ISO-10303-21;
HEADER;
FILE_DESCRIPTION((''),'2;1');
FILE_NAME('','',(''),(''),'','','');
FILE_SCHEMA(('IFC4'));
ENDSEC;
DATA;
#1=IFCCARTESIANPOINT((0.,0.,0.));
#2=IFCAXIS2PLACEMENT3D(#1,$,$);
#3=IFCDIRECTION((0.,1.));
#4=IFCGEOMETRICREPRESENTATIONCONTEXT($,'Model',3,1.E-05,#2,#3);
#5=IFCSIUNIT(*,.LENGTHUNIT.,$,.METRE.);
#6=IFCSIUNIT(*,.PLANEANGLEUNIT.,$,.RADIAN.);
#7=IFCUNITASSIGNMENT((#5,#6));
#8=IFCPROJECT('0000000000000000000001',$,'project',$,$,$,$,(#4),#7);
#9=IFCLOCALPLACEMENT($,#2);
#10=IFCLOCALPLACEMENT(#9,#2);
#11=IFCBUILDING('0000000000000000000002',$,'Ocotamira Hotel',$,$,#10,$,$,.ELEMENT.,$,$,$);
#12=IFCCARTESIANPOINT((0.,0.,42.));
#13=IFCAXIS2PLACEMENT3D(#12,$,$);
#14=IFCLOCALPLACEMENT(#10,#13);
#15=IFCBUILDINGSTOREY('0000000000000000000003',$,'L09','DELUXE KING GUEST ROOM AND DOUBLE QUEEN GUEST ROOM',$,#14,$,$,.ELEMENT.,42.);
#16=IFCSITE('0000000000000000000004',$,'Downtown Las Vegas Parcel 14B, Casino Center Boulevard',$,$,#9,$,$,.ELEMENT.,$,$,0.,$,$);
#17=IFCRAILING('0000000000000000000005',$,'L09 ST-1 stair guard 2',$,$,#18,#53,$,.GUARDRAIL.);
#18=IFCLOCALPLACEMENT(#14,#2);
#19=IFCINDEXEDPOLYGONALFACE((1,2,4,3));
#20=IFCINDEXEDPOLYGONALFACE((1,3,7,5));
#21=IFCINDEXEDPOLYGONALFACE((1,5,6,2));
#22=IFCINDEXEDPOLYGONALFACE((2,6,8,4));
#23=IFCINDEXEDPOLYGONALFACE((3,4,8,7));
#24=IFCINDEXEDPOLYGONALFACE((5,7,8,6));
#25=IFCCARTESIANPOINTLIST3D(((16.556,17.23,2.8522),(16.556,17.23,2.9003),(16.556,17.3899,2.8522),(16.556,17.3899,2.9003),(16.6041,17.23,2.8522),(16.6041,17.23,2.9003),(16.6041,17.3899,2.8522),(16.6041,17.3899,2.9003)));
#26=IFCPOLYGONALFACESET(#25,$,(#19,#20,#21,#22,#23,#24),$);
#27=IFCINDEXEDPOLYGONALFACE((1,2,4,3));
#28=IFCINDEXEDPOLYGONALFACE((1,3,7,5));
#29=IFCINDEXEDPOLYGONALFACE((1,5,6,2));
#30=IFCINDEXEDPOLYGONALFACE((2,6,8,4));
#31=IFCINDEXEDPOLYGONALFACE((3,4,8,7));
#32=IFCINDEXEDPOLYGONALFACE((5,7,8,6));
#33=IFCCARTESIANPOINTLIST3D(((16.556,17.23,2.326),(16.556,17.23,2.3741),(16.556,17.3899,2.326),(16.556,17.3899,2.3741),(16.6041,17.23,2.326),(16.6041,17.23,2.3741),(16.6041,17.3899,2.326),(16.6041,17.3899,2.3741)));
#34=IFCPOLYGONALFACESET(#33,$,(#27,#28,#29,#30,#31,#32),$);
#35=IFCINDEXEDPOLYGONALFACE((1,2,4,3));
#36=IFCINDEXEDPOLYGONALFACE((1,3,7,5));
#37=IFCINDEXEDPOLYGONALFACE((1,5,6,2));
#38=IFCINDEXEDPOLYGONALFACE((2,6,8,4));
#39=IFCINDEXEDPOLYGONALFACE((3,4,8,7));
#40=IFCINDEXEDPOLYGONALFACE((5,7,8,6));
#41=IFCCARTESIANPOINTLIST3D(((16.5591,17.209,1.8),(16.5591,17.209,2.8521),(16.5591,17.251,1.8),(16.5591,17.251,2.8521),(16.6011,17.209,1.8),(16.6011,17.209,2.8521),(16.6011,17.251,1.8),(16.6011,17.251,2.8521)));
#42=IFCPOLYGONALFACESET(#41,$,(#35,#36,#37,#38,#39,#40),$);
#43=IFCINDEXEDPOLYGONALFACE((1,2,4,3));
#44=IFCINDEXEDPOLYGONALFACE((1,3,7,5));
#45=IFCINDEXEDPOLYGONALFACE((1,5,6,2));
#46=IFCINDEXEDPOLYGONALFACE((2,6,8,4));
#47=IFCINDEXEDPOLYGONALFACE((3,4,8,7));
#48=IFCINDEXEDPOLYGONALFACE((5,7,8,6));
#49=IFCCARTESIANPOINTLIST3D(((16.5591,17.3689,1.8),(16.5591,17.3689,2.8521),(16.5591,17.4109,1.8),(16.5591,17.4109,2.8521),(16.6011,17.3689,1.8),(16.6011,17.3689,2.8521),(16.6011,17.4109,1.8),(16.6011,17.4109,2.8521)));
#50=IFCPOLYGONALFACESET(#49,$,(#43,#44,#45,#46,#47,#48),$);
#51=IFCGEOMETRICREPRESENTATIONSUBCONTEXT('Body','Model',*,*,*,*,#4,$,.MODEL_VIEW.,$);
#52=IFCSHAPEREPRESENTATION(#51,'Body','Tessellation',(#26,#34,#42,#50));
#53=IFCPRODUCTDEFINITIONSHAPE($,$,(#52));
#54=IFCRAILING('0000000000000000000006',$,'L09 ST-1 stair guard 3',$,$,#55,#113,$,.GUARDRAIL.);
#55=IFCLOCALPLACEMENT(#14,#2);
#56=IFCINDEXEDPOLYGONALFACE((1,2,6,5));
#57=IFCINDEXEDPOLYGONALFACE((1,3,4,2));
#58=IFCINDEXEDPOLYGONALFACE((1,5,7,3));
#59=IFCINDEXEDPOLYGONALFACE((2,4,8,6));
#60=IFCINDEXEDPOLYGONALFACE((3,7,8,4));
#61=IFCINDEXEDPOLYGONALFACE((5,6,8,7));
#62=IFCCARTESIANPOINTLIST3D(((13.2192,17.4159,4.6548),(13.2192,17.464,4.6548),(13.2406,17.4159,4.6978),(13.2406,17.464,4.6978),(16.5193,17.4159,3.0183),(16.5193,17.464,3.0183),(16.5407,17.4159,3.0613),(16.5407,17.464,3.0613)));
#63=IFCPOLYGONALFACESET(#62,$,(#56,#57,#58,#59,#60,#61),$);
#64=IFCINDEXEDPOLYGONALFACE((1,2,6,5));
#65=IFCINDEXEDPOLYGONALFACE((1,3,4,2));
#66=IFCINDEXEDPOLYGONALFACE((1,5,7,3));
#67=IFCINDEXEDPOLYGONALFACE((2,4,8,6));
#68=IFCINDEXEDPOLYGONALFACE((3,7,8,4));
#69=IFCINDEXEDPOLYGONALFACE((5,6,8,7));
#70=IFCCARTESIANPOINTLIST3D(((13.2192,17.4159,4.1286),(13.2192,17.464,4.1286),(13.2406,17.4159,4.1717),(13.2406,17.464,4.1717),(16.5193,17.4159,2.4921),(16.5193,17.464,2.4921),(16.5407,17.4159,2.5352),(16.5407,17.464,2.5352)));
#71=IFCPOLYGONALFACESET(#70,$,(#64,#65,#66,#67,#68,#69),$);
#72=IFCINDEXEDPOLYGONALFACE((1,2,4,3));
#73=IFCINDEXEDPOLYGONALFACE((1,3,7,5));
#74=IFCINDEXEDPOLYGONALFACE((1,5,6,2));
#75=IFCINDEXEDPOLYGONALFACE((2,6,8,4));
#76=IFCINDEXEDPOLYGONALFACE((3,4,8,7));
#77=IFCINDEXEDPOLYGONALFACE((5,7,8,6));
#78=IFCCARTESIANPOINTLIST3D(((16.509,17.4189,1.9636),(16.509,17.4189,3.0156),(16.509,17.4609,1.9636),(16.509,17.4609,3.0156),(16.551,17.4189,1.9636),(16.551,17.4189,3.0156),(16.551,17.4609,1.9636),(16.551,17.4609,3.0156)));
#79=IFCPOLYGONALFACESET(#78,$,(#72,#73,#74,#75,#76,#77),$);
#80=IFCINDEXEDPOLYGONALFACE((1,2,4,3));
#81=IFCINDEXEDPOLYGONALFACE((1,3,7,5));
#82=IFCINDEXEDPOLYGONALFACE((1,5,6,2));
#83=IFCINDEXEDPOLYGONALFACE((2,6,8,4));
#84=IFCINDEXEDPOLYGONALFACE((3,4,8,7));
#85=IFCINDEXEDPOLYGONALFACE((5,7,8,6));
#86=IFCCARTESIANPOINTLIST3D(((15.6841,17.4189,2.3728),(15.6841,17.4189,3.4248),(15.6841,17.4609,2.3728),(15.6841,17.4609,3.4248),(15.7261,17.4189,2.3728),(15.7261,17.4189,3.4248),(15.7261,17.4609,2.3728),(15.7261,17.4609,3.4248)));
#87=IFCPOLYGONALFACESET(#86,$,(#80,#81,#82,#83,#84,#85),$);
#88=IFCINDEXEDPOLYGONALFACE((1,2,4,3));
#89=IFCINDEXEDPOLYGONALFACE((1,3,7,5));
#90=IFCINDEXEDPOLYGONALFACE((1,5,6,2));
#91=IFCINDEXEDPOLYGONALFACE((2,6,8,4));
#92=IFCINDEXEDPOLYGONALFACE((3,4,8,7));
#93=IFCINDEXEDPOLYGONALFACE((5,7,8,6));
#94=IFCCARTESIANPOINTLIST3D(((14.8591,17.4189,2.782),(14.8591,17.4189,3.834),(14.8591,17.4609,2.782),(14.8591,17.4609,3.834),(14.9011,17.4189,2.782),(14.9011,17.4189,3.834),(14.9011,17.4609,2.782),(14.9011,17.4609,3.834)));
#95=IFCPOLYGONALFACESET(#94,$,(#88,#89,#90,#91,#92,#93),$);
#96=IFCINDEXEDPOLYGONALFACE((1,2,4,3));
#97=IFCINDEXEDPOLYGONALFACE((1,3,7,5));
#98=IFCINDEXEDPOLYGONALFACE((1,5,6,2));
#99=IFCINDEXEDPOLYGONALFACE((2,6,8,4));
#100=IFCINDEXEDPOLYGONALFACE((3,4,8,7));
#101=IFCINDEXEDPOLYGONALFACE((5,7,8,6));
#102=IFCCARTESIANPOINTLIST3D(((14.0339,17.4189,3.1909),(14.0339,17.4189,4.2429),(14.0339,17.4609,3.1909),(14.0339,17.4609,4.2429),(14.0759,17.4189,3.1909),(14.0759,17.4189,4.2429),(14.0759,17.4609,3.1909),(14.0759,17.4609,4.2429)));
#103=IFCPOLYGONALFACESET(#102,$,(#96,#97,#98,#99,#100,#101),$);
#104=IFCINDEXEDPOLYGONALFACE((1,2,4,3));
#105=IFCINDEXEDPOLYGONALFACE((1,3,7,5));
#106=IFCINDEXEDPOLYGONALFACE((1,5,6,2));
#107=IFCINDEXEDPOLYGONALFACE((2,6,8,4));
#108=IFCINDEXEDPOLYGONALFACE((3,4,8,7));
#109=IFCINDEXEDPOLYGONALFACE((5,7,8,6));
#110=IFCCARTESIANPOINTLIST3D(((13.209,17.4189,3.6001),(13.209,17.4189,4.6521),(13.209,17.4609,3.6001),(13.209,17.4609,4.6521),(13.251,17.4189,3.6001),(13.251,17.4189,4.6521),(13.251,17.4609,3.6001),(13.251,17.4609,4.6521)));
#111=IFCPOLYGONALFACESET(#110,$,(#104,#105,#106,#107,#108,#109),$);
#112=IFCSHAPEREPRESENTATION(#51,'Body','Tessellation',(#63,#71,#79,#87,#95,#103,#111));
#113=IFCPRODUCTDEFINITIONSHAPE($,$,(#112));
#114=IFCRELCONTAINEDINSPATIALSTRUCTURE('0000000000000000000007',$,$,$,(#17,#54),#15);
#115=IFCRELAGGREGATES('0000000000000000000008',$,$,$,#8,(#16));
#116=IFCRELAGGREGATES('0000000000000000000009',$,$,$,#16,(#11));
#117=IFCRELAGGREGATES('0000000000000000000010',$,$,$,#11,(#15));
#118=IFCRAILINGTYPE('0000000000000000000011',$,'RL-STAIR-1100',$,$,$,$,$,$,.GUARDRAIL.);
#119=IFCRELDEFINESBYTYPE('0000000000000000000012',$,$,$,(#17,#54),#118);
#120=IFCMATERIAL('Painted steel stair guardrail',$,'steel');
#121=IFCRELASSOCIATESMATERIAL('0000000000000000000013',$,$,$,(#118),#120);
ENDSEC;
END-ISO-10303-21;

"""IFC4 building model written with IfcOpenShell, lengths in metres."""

from ifc_helpers import new_model, si_unit, direction, frame, origin, origin_2d, place, context, subcontext, project, spatial, rectangle, extrude, material, type_object, element, save


model = new_model("IFC4")

# Units and contexts
model_context = context("Model", 3, precision=1e-05, world=origin(), true_north=direction((0.0, 1.0)))
body_context = subcontext(model_context, "Body", "Model", "MODEL_VIEW")
ifc_project = project(units=[si_unit("LENGTHUNIT", "METRE"), si_unit("PLANEANGLEUNIT", "RADIAN")], contexts=[model_context])

# Site, building, storey
site_placement = place(None, origin())
site = spatial("IfcSite", under=ifc_project, at=site_placement, Name="Downtown Las Vegas Parcel 14B, Casino Center Boulevard", CompositionType="ELEMENT", RefElevation=0.0)
building_placement = place(site_placement, origin())
building = spatial("IfcBuilding", under=site, at=building_placement, Name="Ocotamira Hotel", CompositionType="ELEMENT")
storey_placement = place(building_placement, frame((0.0, 0.0, 42.0)))
storey = spatial("IfcBuildingStorey", under=building, at=storey_placement, Name="L09", Description="DELUXE KING GUEST ROOM AND DOUBLE QUEEN GUEST ROOM", CompositionType="ELEMENT", Elevation=42.0)

# Railings
ifc_material_1 = material(Name="Painted steel stair guardrail", Category="steel")
railing_type_1 = type_object("IfcRailingType", Name="RL-STAIR-1100", PredefinedType="GUARDRAIL", material=ifc_material_1)
railing_1_placement = place(storey_placement, frame((16.5801, 17.23, 1.8)))
element("IfcRailing", 1, at=railing_1_placement, inside=storey, type_object=railing_type_1, Name="L09 ST-1 stair guard 2", PredefinedType="GUARDRAIL", context=body_context, shape_type="SweptSolid", body=[
    extrude(rectangle(XDim=0.0481, YDim=0.0481, at=origin_2d()), frame((0.0, 0.0, 1.0762), z_axis=(0.0, 1.0, 0.0), x_axis=(-1.0, 0.0, 0.0)), (0.0, 0.0, 1.0), 0.1599),
    extrude(rectangle(XDim=0.0481, YDim=0.0481, at=origin_2d()), frame((0.0, 0.0, 0.55), z_axis=(0.0, 1.0, 0.0), x_axis=(-1.0, 0.0, 0.0)), (0.0, 0.0, 1.0), 0.1599),
    extrude(rectangle(XDim=0.042, YDim=0.042, at=origin_2d()), origin(), (0.0, 0.0, 1.0), 1.052),
    extrude(rectangle(XDim=0.042, YDim=0.042, at=origin_2d()), frame((0.0, 0.1599, 0.0)), (0.0, 0.0, 1.0), 1.052),
])
railing_2_placement = place(storey_placement, frame((16.53, 17.4399, 1.9636)))
element("IfcRailing", 2, at=railing_2_placement, inside=storey, type_object=railing_type_1, Name="L09 ST-1 stair guard 3", PredefinedType="GUARDRAIL", context=body_context, shape_type="SweptSolid", body=[
    extrude(rectangle(XDim=0.0481, YDim=0.0481, at=origin_2d()), frame((0.0, 0.0, 1.0762), z_axis=(-0.895894, 0.0, 0.444268), x_axis=(0.0, -1.0, 0.0)), (0.0, 0.0, 1.0), 3.6836),
    extrude(rectangle(XDim=0.0481, YDim=0.0481, at=origin_2d()), frame((0.0, 0.0, 0.55), z_axis=(-0.895894, 0.0, 0.444268), x_axis=(0.0, -1.0, 0.0)), (0.0, 0.0, 1.0), 3.6836),
    extrude(rectangle(XDim=0.042, YDim=0.042, at=origin_2d()), origin(), (0.0, 0.0, 1.0), 1.052),
    extrude(rectangle(XDim=0.042, YDim=0.042, at=origin_2d()), frame((-0.825, 0.0, 0.4092)), (0.0, 0.0, 1.0), 1.052),
    extrude(rectangle(XDim=0.042, YDim=0.042, at=origin_2d()), frame((-1.6499, 0.0, 0.8184)), (0.0, 0.0, 1.0), 1.052),
    extrude(rectangle(XDim=0.042, YDim=0.042, at=origin_2d()), frame((-2.4751, 0.0, 1.2273)), (0.0, 0.0, 1.0), 1.052),
    extrude(rectangle(XDim=0.042, YDim=0.042, at=origin_2d()), frame((-3.3, 0.0, 1.6365)), (0.0, 0.0, 1.0), 1.052),
])

save(model, "model.ifc")
